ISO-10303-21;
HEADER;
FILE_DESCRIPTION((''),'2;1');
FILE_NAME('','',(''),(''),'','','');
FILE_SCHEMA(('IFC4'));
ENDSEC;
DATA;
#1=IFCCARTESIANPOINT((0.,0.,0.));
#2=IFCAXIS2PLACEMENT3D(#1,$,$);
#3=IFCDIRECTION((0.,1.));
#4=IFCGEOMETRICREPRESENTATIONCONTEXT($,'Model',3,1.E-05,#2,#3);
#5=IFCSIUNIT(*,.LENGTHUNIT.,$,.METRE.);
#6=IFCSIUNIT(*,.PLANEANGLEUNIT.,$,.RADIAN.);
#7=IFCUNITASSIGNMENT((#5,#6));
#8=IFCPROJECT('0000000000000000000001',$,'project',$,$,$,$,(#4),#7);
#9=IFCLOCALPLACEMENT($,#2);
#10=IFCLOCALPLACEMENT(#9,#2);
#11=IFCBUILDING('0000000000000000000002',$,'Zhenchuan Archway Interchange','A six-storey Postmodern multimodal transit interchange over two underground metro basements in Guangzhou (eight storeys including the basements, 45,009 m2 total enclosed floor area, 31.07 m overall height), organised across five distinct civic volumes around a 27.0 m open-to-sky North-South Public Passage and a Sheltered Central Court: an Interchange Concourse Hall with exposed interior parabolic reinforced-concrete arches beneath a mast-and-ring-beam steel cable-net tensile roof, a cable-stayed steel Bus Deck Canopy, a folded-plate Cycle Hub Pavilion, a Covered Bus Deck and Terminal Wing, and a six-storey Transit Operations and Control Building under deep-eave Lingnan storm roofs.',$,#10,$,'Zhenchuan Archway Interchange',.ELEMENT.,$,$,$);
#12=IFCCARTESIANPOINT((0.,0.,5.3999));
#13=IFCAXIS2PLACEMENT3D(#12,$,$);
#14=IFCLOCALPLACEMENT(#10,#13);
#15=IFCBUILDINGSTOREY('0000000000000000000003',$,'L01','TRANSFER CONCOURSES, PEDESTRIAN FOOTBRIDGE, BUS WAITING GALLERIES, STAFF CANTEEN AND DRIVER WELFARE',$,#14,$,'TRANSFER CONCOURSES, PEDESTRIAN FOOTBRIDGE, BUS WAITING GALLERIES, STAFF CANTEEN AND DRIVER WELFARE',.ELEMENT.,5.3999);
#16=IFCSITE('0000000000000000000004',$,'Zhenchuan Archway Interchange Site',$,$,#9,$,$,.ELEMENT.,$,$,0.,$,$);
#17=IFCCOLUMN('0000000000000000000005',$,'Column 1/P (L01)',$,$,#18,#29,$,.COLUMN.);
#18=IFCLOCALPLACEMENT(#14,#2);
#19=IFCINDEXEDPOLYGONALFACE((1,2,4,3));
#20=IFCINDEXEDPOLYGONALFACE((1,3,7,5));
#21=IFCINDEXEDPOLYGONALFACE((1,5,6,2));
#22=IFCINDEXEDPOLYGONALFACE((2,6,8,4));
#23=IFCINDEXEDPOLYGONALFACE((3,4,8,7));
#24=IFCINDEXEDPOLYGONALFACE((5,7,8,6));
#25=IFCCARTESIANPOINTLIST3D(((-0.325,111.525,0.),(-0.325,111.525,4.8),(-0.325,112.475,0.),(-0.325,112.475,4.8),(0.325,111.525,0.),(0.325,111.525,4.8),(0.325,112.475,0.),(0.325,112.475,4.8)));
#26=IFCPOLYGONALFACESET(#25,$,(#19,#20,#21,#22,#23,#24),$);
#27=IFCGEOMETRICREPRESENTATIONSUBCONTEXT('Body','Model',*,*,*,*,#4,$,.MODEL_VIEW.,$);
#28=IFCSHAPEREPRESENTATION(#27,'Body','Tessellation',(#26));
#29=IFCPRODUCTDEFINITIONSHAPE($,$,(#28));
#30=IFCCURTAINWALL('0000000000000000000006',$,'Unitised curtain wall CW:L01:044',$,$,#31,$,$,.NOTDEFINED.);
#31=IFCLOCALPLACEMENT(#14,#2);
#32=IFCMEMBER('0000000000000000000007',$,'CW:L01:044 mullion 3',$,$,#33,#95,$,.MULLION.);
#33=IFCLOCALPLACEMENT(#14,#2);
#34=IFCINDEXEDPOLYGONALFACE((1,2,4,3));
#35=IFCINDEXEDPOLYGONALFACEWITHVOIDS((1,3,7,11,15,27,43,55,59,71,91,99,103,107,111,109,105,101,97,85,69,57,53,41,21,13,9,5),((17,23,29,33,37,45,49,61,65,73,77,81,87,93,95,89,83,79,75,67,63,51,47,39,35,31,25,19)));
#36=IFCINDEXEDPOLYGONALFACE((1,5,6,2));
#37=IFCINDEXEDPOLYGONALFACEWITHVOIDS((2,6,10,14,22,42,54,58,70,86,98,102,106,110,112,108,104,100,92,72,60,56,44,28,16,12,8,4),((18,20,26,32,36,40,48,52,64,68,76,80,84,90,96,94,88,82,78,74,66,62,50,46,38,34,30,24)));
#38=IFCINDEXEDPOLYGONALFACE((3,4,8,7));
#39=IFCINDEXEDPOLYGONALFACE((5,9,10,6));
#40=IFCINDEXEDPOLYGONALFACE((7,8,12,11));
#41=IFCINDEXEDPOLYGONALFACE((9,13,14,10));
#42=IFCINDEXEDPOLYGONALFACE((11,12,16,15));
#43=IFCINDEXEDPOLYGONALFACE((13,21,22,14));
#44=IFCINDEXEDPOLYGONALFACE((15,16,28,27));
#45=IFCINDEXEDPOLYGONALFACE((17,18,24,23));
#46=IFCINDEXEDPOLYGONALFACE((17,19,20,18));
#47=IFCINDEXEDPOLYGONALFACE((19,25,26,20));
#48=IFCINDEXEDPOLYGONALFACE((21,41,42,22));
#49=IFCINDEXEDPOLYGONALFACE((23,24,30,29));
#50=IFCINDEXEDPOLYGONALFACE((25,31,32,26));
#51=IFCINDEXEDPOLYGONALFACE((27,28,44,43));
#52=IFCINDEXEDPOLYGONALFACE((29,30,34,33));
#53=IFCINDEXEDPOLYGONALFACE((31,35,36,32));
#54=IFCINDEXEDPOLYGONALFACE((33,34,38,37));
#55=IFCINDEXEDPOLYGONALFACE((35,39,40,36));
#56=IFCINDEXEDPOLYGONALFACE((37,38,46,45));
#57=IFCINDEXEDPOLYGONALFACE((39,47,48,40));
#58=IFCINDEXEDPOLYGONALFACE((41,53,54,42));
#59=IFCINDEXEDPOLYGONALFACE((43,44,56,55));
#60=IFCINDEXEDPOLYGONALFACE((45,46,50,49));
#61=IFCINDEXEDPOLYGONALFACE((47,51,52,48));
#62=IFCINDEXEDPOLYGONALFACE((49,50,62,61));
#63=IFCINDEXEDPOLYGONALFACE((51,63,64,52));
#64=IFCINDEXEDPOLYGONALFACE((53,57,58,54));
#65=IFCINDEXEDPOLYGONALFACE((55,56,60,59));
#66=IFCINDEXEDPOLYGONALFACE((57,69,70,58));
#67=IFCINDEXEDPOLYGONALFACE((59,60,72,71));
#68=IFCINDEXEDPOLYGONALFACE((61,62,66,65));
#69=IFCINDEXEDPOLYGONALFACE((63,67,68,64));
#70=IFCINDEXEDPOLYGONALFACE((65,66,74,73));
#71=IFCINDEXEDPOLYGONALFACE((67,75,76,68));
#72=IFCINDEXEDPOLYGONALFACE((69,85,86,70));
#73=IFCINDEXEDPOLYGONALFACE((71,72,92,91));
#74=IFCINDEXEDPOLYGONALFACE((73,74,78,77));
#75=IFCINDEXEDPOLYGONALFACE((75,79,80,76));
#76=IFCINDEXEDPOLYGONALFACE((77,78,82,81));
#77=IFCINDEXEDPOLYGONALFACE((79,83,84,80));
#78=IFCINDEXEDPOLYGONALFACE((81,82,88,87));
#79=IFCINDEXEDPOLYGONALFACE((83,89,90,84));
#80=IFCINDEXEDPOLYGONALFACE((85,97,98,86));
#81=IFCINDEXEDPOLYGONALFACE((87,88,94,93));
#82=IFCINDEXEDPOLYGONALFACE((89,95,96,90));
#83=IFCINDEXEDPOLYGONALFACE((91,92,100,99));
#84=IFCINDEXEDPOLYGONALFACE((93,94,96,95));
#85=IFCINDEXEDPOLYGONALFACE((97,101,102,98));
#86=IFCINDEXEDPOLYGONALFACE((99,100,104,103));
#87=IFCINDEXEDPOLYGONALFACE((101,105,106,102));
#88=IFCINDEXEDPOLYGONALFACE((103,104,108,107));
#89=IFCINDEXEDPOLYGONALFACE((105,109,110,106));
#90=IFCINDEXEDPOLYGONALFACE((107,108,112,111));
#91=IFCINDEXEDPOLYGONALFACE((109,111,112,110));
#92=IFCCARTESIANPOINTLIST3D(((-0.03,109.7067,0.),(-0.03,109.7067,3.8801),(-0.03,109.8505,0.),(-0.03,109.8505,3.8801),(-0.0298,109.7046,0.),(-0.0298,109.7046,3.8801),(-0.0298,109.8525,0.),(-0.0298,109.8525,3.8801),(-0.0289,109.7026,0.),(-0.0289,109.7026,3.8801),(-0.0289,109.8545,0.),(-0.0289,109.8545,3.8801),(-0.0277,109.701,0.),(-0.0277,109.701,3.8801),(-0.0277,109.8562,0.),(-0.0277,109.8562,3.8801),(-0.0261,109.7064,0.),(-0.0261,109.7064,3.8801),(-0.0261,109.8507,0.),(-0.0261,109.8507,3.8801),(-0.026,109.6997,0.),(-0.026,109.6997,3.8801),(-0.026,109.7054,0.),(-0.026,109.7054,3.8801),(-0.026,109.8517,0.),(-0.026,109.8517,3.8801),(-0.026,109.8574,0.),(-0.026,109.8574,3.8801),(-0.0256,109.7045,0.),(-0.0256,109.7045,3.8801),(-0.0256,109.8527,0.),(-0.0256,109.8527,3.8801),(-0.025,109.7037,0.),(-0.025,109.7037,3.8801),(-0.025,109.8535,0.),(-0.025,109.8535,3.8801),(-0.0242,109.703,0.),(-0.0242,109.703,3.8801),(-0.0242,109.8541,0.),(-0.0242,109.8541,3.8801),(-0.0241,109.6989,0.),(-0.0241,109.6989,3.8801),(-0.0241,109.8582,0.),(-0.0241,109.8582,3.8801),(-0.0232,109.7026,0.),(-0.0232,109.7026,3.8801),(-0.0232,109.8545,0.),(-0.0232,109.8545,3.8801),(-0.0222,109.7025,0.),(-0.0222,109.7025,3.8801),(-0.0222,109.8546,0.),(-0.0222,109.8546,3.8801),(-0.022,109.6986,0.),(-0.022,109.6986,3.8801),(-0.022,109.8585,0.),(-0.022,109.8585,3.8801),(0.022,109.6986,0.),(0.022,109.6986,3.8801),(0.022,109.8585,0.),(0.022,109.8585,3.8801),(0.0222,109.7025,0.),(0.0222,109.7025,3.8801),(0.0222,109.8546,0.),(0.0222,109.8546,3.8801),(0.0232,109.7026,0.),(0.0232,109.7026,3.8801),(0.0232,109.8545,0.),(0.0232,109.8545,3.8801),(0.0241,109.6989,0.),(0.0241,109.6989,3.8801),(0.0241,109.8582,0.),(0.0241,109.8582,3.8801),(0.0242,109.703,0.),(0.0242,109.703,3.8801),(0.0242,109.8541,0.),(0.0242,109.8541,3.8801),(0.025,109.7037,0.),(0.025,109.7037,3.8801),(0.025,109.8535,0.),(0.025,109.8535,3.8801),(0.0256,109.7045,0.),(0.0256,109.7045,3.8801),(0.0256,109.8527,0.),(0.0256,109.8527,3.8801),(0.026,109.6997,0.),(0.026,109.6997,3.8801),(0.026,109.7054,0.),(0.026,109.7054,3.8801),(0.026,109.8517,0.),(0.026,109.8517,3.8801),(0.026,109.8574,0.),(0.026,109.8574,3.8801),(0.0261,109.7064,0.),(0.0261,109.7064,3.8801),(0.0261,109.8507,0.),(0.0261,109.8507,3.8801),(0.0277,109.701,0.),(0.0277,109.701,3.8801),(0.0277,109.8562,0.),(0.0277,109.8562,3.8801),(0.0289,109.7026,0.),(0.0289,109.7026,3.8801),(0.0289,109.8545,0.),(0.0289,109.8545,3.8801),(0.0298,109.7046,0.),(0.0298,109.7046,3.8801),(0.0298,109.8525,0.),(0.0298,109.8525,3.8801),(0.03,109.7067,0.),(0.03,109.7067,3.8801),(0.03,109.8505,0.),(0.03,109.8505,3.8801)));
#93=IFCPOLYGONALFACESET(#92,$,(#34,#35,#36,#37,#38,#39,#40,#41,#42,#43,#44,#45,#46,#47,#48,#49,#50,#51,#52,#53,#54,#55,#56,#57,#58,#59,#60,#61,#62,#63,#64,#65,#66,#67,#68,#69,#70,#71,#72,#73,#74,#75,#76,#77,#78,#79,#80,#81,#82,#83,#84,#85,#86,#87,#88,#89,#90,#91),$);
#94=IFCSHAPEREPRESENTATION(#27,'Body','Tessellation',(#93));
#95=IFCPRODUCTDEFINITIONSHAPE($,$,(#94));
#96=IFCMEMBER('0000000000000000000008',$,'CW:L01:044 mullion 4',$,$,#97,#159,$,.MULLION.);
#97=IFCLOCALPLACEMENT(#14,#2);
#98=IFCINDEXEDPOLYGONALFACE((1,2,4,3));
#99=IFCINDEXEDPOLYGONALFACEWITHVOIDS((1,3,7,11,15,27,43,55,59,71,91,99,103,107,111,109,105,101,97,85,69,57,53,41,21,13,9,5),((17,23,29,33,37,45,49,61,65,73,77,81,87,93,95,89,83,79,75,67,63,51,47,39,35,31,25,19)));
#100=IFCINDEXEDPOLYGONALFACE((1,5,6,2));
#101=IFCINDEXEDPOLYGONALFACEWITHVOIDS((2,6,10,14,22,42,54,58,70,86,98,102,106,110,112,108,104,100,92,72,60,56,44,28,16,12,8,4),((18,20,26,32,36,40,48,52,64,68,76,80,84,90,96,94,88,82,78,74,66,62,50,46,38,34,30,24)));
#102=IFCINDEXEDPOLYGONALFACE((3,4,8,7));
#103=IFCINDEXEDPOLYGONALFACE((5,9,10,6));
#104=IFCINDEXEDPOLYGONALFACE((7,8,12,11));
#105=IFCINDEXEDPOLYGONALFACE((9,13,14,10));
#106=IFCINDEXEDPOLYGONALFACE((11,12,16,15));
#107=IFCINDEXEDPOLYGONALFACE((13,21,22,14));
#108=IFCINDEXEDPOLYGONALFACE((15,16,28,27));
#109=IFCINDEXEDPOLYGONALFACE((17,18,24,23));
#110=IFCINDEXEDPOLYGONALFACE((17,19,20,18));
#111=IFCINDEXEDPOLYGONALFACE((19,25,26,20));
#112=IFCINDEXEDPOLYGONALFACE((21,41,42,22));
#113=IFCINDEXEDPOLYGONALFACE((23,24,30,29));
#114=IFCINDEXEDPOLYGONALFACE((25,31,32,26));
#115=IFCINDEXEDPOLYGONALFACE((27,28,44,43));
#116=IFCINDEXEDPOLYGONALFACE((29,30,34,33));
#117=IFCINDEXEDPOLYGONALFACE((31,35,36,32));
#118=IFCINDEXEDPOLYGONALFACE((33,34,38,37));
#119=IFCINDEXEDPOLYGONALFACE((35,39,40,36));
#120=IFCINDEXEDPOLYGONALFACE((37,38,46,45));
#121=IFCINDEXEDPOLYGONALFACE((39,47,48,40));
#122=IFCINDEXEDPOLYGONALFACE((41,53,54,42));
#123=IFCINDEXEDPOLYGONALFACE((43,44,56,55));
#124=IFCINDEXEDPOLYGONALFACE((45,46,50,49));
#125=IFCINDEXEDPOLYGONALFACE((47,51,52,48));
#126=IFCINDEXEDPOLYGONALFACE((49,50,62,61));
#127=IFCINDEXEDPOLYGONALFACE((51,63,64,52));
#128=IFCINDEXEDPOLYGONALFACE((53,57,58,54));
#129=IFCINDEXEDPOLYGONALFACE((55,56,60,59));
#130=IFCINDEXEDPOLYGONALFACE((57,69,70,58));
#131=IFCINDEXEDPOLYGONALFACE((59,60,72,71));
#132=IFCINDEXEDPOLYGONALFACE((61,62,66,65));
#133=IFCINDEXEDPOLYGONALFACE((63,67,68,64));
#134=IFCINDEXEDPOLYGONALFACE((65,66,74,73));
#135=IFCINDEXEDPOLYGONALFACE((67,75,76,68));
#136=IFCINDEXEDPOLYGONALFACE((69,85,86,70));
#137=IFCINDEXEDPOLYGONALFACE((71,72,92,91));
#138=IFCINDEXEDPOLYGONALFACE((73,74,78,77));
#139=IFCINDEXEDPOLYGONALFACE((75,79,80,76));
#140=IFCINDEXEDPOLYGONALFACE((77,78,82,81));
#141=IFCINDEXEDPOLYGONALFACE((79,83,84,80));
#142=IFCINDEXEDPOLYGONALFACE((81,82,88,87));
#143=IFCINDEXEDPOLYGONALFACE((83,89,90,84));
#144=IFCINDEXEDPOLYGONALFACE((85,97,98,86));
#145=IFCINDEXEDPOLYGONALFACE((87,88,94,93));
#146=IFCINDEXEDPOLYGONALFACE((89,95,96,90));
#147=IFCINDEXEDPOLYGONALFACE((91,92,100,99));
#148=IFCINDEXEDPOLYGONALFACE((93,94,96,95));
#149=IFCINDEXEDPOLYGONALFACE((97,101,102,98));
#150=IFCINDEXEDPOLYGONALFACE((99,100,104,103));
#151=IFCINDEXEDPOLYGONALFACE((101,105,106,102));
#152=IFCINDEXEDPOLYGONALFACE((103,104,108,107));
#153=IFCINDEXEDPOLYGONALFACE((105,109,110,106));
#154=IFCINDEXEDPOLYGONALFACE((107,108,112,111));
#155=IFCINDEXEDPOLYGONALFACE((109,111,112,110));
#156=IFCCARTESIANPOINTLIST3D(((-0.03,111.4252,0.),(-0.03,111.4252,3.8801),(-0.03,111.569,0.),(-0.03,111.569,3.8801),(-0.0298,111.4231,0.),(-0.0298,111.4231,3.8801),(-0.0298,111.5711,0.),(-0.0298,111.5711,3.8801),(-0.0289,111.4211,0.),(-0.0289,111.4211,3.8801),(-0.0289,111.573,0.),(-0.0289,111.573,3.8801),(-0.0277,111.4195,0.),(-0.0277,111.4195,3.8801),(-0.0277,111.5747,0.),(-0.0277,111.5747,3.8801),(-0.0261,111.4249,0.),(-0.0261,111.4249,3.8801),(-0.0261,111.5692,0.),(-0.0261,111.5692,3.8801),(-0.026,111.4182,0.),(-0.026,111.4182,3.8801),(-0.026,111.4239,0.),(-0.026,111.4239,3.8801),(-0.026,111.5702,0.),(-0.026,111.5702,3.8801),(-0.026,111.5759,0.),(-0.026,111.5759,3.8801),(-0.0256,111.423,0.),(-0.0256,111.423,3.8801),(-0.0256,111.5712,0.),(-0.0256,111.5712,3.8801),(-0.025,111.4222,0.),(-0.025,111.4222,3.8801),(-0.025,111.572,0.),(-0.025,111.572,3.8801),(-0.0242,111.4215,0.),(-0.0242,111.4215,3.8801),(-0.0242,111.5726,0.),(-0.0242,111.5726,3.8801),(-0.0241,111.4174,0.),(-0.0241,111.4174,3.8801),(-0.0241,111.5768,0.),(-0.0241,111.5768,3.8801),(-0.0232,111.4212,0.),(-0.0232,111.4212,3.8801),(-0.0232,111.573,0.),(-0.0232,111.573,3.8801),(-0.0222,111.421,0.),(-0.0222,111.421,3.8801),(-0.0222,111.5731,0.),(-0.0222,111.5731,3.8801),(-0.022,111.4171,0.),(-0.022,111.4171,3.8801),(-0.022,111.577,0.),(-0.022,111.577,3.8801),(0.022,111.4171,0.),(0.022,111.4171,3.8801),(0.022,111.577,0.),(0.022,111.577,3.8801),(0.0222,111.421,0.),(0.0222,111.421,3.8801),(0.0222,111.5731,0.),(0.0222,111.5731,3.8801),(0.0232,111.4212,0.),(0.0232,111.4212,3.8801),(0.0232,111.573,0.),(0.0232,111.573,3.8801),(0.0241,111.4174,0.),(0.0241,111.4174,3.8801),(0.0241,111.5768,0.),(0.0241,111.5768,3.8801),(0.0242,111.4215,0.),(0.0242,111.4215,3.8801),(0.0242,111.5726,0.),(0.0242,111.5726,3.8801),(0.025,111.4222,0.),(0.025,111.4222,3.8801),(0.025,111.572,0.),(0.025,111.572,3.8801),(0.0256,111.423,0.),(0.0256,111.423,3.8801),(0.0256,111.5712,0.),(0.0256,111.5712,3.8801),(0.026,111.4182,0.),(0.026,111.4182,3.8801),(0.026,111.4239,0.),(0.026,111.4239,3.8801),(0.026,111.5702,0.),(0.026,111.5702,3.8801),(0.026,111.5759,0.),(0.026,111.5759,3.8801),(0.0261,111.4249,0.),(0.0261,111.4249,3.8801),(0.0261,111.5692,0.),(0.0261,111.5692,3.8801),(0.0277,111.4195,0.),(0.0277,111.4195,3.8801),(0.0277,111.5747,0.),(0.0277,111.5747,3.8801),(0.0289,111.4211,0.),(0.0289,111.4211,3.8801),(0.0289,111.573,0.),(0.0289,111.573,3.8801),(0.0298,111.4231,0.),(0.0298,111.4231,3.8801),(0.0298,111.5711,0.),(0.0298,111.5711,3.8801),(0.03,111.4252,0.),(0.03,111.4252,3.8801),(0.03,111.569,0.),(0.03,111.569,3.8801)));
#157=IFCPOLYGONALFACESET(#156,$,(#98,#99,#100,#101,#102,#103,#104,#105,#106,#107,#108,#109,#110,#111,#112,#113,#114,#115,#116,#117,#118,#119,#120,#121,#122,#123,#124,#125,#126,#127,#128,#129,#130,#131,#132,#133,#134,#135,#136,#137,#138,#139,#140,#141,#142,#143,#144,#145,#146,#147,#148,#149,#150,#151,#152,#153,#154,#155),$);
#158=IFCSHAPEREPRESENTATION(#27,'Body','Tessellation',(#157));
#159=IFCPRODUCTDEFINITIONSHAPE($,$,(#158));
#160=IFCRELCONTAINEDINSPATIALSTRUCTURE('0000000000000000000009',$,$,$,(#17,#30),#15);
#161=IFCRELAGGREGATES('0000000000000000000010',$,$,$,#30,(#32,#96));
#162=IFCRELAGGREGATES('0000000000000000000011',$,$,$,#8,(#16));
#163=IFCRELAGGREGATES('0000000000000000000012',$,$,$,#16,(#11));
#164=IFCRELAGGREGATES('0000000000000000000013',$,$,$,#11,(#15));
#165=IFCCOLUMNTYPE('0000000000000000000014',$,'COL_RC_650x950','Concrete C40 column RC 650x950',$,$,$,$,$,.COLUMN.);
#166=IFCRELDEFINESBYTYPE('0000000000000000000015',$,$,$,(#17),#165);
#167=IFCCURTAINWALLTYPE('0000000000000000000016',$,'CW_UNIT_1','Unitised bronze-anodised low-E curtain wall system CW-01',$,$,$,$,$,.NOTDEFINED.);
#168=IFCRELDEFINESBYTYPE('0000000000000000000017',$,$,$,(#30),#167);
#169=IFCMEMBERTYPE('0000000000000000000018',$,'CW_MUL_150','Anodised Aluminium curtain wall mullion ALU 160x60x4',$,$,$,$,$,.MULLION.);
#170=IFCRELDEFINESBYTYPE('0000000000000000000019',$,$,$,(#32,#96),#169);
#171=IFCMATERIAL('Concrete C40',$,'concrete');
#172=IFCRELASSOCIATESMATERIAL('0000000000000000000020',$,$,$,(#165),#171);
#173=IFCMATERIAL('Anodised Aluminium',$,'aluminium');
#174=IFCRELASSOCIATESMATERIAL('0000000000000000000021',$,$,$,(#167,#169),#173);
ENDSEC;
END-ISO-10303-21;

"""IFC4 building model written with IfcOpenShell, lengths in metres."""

from ifc_helpers import new_model, si_unit, direction, frame, origin, origin_2d, place, context, subcontext, project, spatial, rectangle, hollow_rectangle, extrude, material, material_profile, profile_set, type_object, element, aggregate, save


model = new_model("IFC4")

# Units and contexts
model_context = context("Model", 3, precision=1e-05, world=origin(), true_north=direction((0.0, 1.0)))
body_context = subcontext(model_context, "Body", "Model", "MODEL_VIEW")
ifc_project = project(units=[si_unit("LENGTHUNIT", "METRE"), si_unit("PLANEANGLEUNIT", "RADIAN")], contexts=[model_context])

# Site, building, storey
site_placement = place(None, origin())
site = spatial("IfcSite", under=ifc_project, at=site_placement, Name="Zhenchuan Archway Interchange Site", CompositionType="ELEMENT", RefElevation=0.0)
building_placement = place(site_placement, origin())
building = spatial("IfcBuilding", under=site, at=building_placement, Name="Zhenchuan Archway Interchange", Description="A six-storey Postmodern multimodal transit interchange over two underground metro basements in Guangzhou (eight storeys including the basements, 45,009 m2 total enclosed floor area, 31.07 m overall height), organised across five distinct civic volumes around a 27.0 m open-to-sky North-South Public Passage and a Sheltered Central Court: an Interchange Concourse Hall with exposed interior parabolic reinforced-concrete arches beneath a mast-and-ring-beam steel cable-net tensile roof, a cable-stayed steel Bus Deck Canopy, a folded-plate Cycle Hub Pavilion, a Covered Bus Deck and Terminal Wing, and a six-storey Transit Operations and Control Building under deep-eave Lingnan storm roofs.", LongName="Zhenchuan Archway Interchange", CompositionType="ELEMENT")
storey_placement = place(building_placement, frame((0.0, 0.0, 5.3999)))
storey = spatial("IfcBuildingStorey", under=building, at=storey_placement, Name="L01", Description="TRANSFER CONCOURSES, PEDESTRIAN FOOTBRIDGE, BUS WAITING GALLERIES, STAFF CANTEEN AND DRIVER WELFARE", LongName="TRANSFER CONCOURSES, PEDESTRIAN FOOTBRIDGE, BUS WAITING GALLERIES, STAFF CANTEEN AND DRIVER WELFARE", CompositionType="ELEMENT", Elevation=5.3999)

# Column
ifc_material_1 = material(Name="Concrete C40", Category="concrete")
ifc_material_profile_1 = material_profile(ifc_material_1, rectangle(XDim=0.6499, YDim=0.95, at=origin_2d()), Name="RC 650x950")
ifc_profile_set_1 = profile_set([ifc_material_profile_1], Name="Concrete C40")
column_type = type_object("IfcColumnType", Name="COL_RC_650x950", Description="Concrete C40 column RC 650x950", PredefinedType="COLUMN", material=ifc_profile_set_1)
column_placement = place(storey_placement, frame((0.0, 112.0, 0.0), z_axis=(0.0, 0.0, 1.0), x_axis=(1.0, 0.0, 0.0)))
element("IfcColumn", 1, at=column_placement, inside=storey, type_object=column_type, Name="Column 1/P (L01)", PredefinedType="COLUMN", context=body_context, shape_type="SweptSolid", body=[
    extrude(rectangle(XDim=0.6499, YDim=0.95, at=origin_2d()), origin(), (0.0, 0.0, 1.0), 4.8),
])

# Curtain wall, members
ifc_material_2 = material(Name="Anodised Aluminium", Category="aluminium")
curtain_wall_type_1 = type_object("IfcCurtainWallType", Name="CW_UNIT_1", Description="Unitised bronze-anodised low-E curtain wall system CW-01", PredefinedType="NOTDEFINED", material=ifc_material_2)
curtain_wall_1_placement = place(storey_placement, origin())
curtain_wall_1 = element("IfcCurtainWall", 2, at=curtain_wall_1_placement, inside=storey, type_object=curtain_wall_type_1, Name="Unitised curtain wall CW:L01:044", PredefinedType="NOTDEFINED")
ifc_material_profile_2 = material_profile(ifc_material_2, hollow_rectangle(XDim=0.0601, YDim=0.1599, WallThickness=0.0039, InnerFilletRadius=0.0039, OuterFilletRadius=0.0081, at=origin_2d()), Name="ALU 160x60x4")
ifc_profile_set_2 = profile_set([ifc_material_profile_2], Name="Anodised Aluminium")
member_type_1 = type_object("IfcMemberType", Name="CW_MUL_150", Description="Anodised Aluminium curtain wall mullion ALU 160x60x4", PredefinedType="MULLION", material=ifc_profile_set_2)
member_1_placement = place(storey_placement, frame((0.0, 109.7786, 0.0), z_axis=(0.0, 0.0, 1.0), x_axis=(1.0, 0.0, 0.0)))
member_1 = element("IfcMember", 3, at=member_1_placement, type_object=member_type_1, Name="CW:L01:044 mullion 3", PredefinedType="MULLION", context=body_context, shape_type="SweptSolid", body=[
    extrude(hollow_rectangle(XDim=0.0601, YDim=0.1599, WallThickness=0.0039, InnerFilletRadius=0.0039, OuterFilletRadius=0.0081, at=origin_2d()), origin(), (0.0, 0.0, 1.0), 3.8801),
])
member_2_placement = place(storey_placement, frame((0.0, 111.4971, 0.0), z_axis=(0.0, 0.0, 1.0), x_axis=(1.0, 0.0, 0.0)))
member_2 = element("IfcMember", 4, at=member_2_placement, type_object=member_type_1, Name="CW:L01:044 mullion 4", PredefinedType="MULLION", context=body_context, shape_type="SweptSolid", body=[
    extrude(hollow_rectangle(XDim=0.0601, YDim=0.1599, WallThickness=0.0039, InnerFilletRadius=0.0039, OuterFilletRadius=0.0081, at=origin_2d()), origin(), (0.0, 0.0, 1.0), 3.8801),
])

aggregate(curtain_wall_1, [member_1, member_2])

save(model, "model.ifc")
